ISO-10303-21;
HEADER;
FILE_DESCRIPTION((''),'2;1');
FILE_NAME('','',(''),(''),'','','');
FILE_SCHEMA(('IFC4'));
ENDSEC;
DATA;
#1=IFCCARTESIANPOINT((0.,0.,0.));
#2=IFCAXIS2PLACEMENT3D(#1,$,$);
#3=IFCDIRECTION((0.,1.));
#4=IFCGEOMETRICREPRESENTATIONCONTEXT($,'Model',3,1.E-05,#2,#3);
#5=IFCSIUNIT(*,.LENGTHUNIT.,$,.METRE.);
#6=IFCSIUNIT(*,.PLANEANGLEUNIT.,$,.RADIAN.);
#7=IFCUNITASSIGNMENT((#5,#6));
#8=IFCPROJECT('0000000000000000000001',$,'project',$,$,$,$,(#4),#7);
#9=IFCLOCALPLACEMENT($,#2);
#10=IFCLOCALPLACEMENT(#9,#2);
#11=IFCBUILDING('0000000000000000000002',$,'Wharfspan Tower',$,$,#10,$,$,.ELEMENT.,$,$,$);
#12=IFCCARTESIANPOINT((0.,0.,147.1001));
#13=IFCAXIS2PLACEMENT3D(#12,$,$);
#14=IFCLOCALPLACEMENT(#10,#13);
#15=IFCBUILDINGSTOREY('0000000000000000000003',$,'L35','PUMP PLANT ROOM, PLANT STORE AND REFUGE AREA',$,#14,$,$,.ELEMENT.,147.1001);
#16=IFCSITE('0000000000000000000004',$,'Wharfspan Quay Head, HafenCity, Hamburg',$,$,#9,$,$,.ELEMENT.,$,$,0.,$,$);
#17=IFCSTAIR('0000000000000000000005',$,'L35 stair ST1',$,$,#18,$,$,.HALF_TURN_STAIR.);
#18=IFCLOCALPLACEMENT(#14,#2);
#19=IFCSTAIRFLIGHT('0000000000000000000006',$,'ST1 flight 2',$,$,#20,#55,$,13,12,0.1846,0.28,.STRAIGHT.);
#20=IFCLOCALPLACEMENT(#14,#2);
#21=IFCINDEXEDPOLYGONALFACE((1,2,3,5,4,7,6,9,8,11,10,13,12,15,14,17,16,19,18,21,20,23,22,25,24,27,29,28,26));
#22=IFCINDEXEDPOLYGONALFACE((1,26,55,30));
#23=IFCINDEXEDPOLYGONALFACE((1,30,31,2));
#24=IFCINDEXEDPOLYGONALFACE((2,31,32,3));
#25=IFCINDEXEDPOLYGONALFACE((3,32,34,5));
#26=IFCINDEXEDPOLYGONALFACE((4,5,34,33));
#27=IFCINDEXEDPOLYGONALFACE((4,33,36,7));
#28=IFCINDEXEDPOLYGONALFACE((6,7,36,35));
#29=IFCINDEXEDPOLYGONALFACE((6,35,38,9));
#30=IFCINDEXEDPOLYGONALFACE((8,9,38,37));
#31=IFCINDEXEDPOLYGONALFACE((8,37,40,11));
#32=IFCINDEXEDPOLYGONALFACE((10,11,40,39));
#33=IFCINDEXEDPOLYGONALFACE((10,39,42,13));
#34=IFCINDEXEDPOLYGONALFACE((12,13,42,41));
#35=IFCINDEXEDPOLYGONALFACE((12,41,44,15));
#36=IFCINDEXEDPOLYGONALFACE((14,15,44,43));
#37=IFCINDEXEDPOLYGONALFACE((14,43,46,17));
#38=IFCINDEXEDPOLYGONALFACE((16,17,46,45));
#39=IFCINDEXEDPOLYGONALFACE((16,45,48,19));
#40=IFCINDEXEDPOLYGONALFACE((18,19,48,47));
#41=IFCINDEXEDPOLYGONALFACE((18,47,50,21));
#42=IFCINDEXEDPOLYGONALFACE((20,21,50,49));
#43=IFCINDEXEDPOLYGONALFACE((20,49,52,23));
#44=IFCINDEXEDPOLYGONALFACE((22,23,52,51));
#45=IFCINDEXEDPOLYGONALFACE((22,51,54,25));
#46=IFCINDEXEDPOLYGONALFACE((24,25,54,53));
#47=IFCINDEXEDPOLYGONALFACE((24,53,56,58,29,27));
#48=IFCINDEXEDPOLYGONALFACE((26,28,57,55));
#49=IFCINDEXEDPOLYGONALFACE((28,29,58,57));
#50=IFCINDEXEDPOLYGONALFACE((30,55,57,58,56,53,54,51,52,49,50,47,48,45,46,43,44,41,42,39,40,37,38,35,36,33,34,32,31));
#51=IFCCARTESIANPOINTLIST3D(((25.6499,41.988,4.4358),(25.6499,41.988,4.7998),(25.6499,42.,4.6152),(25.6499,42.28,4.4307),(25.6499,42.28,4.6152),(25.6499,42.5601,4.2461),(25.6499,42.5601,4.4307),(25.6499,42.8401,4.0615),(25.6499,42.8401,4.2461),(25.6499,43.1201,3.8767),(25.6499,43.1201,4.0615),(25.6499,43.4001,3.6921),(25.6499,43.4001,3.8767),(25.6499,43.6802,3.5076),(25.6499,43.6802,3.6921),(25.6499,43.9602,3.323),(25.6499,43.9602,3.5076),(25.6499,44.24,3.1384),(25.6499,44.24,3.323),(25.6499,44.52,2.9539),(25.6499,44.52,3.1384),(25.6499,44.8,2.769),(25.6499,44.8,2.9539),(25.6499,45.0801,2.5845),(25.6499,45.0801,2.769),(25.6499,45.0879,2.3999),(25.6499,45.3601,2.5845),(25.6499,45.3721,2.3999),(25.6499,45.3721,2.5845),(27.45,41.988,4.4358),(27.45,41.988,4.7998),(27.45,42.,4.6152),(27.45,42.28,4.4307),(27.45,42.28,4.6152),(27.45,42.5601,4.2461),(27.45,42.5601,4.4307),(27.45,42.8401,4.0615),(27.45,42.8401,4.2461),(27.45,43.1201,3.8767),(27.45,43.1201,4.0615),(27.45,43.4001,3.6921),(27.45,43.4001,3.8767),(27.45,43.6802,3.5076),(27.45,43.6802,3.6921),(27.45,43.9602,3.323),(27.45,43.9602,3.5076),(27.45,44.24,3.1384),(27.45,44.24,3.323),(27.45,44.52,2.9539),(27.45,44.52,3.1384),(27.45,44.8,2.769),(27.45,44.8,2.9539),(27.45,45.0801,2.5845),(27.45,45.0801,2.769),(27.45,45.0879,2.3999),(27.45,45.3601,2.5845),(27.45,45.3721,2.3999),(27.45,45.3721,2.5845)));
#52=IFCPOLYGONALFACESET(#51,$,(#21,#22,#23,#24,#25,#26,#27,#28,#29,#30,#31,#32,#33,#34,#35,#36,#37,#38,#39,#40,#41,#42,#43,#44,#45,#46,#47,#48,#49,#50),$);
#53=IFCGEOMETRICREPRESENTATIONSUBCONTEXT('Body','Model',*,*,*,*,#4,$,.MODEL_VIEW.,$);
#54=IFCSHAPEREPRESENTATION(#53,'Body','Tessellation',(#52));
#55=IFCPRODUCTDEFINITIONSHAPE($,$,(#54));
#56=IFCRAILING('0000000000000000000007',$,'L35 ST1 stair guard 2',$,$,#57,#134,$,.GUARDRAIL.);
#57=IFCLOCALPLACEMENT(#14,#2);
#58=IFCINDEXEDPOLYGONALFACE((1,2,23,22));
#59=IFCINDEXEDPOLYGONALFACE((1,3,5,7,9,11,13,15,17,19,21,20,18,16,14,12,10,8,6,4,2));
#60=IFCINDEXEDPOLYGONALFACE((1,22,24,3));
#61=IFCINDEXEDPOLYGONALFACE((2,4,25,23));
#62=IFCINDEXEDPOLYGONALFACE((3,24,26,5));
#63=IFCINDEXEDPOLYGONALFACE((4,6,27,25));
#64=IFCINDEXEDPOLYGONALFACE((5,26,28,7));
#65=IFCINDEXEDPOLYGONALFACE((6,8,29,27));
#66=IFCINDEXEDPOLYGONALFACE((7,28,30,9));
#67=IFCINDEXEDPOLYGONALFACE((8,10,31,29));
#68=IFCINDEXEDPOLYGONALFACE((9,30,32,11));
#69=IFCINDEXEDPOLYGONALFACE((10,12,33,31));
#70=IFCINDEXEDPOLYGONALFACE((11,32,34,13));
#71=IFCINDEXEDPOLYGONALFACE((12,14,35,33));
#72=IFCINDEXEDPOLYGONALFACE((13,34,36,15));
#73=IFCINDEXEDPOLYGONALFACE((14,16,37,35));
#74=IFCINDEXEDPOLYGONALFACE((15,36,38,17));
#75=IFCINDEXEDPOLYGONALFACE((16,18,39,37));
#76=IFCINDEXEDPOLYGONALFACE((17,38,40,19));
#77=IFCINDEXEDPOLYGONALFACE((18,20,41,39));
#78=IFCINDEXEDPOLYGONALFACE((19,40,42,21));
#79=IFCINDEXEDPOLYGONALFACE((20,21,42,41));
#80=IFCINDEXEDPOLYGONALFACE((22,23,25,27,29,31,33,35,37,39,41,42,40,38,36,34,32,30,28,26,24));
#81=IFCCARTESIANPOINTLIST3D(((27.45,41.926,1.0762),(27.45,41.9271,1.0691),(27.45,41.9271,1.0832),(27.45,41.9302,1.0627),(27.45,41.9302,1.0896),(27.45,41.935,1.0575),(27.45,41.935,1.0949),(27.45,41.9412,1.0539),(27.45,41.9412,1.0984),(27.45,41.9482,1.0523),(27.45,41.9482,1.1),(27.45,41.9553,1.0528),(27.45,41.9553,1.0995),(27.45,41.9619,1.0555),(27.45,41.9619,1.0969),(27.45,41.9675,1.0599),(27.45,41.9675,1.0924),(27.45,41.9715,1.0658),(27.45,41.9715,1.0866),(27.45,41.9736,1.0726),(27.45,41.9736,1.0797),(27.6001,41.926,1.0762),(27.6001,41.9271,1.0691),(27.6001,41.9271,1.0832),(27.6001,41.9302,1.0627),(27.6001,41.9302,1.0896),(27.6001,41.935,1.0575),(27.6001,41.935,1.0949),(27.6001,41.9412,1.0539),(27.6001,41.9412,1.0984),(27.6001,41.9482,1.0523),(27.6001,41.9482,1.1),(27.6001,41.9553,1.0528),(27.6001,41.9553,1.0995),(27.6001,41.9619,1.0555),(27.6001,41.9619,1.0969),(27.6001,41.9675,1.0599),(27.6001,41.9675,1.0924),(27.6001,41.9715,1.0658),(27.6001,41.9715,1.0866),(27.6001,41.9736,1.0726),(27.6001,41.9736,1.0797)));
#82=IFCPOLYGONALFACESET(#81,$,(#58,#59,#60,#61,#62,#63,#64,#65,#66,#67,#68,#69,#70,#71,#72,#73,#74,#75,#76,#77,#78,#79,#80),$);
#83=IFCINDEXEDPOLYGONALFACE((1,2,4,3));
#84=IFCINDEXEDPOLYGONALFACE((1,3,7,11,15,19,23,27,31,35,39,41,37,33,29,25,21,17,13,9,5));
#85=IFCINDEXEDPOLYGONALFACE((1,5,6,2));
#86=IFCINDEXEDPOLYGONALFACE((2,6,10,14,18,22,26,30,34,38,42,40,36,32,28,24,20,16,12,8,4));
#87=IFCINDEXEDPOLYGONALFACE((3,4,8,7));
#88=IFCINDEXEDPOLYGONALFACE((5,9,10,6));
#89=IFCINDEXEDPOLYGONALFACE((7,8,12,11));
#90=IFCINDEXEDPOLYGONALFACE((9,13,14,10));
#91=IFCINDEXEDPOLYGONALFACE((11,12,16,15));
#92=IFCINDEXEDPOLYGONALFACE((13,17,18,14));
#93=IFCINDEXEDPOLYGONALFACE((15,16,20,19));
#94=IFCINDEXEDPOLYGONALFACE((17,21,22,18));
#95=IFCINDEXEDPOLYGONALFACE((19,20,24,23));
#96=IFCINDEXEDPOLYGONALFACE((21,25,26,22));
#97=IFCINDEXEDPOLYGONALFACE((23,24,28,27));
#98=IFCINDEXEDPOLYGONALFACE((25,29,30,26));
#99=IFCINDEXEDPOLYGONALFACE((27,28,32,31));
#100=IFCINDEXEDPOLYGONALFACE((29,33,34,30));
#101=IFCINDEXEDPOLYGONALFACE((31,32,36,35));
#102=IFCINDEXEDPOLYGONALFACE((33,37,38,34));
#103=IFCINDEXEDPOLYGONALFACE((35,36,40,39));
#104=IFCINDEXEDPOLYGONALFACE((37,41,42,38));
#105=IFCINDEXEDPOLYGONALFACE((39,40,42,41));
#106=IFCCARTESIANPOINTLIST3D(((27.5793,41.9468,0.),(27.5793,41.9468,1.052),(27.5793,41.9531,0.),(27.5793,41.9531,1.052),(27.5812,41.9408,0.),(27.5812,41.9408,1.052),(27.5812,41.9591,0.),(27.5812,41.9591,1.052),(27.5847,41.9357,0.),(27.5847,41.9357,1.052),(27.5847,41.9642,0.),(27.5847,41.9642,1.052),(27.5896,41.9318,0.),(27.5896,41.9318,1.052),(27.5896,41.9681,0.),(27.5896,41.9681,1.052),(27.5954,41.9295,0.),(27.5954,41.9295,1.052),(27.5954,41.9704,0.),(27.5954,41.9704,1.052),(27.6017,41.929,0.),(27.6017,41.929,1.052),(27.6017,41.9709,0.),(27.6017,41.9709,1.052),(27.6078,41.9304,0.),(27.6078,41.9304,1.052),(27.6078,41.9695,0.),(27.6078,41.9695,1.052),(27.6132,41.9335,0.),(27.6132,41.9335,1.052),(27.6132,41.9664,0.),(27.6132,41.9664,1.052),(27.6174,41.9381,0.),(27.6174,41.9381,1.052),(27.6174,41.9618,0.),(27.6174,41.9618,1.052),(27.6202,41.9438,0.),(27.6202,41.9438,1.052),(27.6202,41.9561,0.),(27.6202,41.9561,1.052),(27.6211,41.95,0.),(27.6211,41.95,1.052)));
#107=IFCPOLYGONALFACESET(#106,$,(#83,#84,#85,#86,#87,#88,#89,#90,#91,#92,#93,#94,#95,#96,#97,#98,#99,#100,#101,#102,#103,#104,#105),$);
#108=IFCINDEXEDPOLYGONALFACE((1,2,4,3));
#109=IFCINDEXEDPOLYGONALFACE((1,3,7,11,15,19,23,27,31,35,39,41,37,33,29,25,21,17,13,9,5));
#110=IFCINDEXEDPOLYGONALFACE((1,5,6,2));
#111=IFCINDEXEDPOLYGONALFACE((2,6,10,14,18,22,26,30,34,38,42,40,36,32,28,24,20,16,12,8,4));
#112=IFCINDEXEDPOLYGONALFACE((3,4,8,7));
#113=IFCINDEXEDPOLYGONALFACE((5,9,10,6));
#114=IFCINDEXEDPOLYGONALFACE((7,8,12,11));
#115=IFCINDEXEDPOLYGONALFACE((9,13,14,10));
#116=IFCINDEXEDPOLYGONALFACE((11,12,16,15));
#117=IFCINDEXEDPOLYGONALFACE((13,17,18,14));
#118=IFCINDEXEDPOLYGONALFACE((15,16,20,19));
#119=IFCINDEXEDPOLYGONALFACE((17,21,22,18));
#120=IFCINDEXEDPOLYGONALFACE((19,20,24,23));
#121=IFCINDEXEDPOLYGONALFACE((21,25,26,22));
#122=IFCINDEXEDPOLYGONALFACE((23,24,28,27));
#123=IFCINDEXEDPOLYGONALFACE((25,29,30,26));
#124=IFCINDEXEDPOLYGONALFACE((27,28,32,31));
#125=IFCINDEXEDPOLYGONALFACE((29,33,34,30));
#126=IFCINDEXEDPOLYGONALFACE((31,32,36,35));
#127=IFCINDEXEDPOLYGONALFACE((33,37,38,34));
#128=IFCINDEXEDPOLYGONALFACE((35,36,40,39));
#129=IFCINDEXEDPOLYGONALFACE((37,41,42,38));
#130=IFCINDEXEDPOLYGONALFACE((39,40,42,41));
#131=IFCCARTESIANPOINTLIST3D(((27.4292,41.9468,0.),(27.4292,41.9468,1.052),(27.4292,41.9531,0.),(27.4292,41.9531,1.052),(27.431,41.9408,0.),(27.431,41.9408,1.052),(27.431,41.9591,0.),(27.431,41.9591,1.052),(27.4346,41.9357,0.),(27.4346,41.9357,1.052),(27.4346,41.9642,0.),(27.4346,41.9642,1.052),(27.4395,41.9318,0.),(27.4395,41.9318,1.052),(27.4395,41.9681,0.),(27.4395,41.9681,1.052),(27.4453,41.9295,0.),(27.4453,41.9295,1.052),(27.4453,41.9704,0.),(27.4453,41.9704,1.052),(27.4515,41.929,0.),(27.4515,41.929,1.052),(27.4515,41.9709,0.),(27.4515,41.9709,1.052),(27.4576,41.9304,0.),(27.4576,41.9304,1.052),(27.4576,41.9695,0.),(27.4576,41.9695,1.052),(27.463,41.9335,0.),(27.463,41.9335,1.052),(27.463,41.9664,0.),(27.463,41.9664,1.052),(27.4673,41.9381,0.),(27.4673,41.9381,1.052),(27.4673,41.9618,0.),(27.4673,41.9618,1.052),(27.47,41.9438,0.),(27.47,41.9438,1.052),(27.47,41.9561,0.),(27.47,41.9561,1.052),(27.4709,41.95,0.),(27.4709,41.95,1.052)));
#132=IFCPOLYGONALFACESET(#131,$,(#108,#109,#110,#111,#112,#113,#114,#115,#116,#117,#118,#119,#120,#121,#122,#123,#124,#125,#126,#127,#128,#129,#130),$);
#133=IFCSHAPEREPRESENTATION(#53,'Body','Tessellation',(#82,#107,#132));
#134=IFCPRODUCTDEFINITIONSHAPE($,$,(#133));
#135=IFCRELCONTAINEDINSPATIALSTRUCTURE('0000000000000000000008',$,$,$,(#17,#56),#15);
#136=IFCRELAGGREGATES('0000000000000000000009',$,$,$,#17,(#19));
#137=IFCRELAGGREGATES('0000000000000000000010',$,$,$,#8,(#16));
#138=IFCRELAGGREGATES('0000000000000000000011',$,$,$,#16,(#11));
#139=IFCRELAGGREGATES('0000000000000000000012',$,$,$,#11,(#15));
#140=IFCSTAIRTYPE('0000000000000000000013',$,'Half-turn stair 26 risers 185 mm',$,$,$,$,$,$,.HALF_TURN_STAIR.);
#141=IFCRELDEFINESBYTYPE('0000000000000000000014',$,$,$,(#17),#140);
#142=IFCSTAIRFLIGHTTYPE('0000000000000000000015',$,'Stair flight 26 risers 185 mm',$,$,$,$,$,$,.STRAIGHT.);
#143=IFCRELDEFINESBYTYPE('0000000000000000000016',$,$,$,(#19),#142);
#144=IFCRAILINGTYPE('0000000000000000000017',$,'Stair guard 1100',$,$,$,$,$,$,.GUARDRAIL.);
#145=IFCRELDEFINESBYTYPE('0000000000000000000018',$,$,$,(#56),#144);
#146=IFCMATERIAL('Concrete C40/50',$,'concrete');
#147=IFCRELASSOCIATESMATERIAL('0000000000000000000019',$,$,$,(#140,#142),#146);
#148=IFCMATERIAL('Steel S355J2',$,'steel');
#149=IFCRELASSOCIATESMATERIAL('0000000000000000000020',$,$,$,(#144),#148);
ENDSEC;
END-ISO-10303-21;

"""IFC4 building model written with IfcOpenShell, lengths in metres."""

from ifc_helpers import new_model, si_unit, direction, frame, origin, origin_2d, place, context, subcontext, project, spatial, polyline, circle, outline, extrude, material, type_object, element, aggregate, save


model = new_model("IFC4")

# Units and contexts
model_context = context("Model", 3, precision=1e-05, world=origin(), true_north=direction((0.0, 1.0)))
body_context = subcontext(model_context, "Body", "Model", "MODEL_VIEW")
ifc_project = project(units=[si_unit("LENGTHUNIT", "METRE"), si_unit("PLANEANGLEUNIT", "RADIAN")], contexts=[model_context])

# Site, building, storey
site_placement = place(None, origin())
site = spatial("IfcSite", under=ifc_project, at=site_placement, Name="Wharfspan Quay Head, HafenCity, Hamburg", CompositionType="ELEMENT", RefElevation=0.0)
building_placement = place(site_placement, origin())
building = spatial("IfcBuilding", under=site, at=building_placement, Name="Wharfspan Tower", CompositionType="ELEMENT")
storey_placement = place(building_placement, frame((0.0, 0.0, 147.1001)))
storey = spatial("IfcBuildingStorey", under=building, at=storey_placement, Name="L35", Description="PUMP PLANT ROOM, PLANT STORE AND REFUGE AREA", CompositionType="ELEMENT", Elevation=147.1001)

# Shared definitions
ifc_material_1 = material(Name="Steel S355J2", Category="steel")

# Shared definitions
ifc_material_2 = material(Name="Concrete C40/50", Category="concrete")

# Stair, stair flight
stair_type = type_object("IfcStairType", Name="Half-turn stair 26 risers 185 mm", PredefinedType="HALF_TURN_STAIR", material=ifc_material_2)
stair_placement = place(storey_placement, origin())
stair = element("IfcStair", 1, at=stair_placement, inside=storey, type_object=stair_type, Name="L35 stair ST1", PredefinedType="HALF_TURN_STAIR")
stair_flight_type = type_object("IfcStairFlightType", Name="Stair flight 26 risers 185 mm", PredefinedType="STRAIGHT", material=ifc_material_2)
stair_flight_1_placement = place(storey_placement, frame((26.55, 45.3601, 2.3999), z_axis=(0.0, 0.0, 1.0), x_axis=(0.0, -1.0, 0.0)))
stair_flight_1 = element("IfcStairFlight", 2, at=stair_flight_1_placement, type_object=stair_flight_type, Name="ST1 flight 2", NumberOfRisers=13, NumberOfTreads=12, PredefinedType="STRAIGHT", RiserHeight=0.1846, TreadLength=0.28, context=body_context, shape_type="SweptSolid", body=[
    extrude(outline(polyline([(-0.012, 0.0), (-0.012, 0.1846), (0.0, 0.1846), (0.28, 0.1846), (0.28, 0.3691), (0.5601, 0.3691), (0.5601, 0.554), (0.8401, 0.554), (0.8401, 0.7385), (1.1201, 0.7385), (1.1201, 0.9231), (1.3999, 0.9231), (1.3999, 1.1077), (1.6799, 1.1077), (1.6799, 1.2922), (1.96, 1.2922), (1.96, 1.4768), (2.24, 1.4768), (2.24, 1.6616), (2.52, 1.6616), (2.52, 1.8462), (2.8, 1.8462), (2.8, 2.0308), (3.0801, 2.0308), (3.0801, 2.2153), (3.3601, 2.2153), (3.3721, 2.3999), (3.3721, 2.0359), (0.2722, 0.0), (-0.012, 0.0)])), frame((0.0, 0.8999, 0.0), z_axis=(0.0, -1.0, 0.0), x_axis=(1.0, 0.0, 0.0)), (0.0, 0.0, 1.0), 1.8),
])
aggregate(stair, [stair_flight_1])

# Railing
railing_type_1 = type_object("IfcRailingType", Name="Stair guard 1100", PredefinedType="GUARDRAIL", material=ifc_material_1)
railing_1_placement = place(storey_placement, frame((27.6001, 41.95, 0.0)))
element("IfcRailing", 3, at=railing_1_placement, inside=storey, type_object=railing_type_1, Name="L35 ST1 stair guard 2", PredefinedType="GUARDRAIL", context=body_context, shape_type="SweptSolid", body=[
    extrude(circle(Radius=0.0239, at=origin_2d()), frame((0.0, 0.0, 1.0762), z_axis=(-1.0, 0.0, 0.0), x_axis=(0.0, -1.0, 0.0)), (0.0, 0.0, 1.0), 0.1501),
    extrude(circle(Radius=0.021, at=origin_2d()), origin(), (0.0, 0.0, 1.0), 1.052),
    extrude(circle(Radius=0.021, at=origin_2d()), frame((-0.1501, 0.0, 0.0)), (0.0, 0.0, 1.0), 1.052),
])

save(model, "model.ifc")
